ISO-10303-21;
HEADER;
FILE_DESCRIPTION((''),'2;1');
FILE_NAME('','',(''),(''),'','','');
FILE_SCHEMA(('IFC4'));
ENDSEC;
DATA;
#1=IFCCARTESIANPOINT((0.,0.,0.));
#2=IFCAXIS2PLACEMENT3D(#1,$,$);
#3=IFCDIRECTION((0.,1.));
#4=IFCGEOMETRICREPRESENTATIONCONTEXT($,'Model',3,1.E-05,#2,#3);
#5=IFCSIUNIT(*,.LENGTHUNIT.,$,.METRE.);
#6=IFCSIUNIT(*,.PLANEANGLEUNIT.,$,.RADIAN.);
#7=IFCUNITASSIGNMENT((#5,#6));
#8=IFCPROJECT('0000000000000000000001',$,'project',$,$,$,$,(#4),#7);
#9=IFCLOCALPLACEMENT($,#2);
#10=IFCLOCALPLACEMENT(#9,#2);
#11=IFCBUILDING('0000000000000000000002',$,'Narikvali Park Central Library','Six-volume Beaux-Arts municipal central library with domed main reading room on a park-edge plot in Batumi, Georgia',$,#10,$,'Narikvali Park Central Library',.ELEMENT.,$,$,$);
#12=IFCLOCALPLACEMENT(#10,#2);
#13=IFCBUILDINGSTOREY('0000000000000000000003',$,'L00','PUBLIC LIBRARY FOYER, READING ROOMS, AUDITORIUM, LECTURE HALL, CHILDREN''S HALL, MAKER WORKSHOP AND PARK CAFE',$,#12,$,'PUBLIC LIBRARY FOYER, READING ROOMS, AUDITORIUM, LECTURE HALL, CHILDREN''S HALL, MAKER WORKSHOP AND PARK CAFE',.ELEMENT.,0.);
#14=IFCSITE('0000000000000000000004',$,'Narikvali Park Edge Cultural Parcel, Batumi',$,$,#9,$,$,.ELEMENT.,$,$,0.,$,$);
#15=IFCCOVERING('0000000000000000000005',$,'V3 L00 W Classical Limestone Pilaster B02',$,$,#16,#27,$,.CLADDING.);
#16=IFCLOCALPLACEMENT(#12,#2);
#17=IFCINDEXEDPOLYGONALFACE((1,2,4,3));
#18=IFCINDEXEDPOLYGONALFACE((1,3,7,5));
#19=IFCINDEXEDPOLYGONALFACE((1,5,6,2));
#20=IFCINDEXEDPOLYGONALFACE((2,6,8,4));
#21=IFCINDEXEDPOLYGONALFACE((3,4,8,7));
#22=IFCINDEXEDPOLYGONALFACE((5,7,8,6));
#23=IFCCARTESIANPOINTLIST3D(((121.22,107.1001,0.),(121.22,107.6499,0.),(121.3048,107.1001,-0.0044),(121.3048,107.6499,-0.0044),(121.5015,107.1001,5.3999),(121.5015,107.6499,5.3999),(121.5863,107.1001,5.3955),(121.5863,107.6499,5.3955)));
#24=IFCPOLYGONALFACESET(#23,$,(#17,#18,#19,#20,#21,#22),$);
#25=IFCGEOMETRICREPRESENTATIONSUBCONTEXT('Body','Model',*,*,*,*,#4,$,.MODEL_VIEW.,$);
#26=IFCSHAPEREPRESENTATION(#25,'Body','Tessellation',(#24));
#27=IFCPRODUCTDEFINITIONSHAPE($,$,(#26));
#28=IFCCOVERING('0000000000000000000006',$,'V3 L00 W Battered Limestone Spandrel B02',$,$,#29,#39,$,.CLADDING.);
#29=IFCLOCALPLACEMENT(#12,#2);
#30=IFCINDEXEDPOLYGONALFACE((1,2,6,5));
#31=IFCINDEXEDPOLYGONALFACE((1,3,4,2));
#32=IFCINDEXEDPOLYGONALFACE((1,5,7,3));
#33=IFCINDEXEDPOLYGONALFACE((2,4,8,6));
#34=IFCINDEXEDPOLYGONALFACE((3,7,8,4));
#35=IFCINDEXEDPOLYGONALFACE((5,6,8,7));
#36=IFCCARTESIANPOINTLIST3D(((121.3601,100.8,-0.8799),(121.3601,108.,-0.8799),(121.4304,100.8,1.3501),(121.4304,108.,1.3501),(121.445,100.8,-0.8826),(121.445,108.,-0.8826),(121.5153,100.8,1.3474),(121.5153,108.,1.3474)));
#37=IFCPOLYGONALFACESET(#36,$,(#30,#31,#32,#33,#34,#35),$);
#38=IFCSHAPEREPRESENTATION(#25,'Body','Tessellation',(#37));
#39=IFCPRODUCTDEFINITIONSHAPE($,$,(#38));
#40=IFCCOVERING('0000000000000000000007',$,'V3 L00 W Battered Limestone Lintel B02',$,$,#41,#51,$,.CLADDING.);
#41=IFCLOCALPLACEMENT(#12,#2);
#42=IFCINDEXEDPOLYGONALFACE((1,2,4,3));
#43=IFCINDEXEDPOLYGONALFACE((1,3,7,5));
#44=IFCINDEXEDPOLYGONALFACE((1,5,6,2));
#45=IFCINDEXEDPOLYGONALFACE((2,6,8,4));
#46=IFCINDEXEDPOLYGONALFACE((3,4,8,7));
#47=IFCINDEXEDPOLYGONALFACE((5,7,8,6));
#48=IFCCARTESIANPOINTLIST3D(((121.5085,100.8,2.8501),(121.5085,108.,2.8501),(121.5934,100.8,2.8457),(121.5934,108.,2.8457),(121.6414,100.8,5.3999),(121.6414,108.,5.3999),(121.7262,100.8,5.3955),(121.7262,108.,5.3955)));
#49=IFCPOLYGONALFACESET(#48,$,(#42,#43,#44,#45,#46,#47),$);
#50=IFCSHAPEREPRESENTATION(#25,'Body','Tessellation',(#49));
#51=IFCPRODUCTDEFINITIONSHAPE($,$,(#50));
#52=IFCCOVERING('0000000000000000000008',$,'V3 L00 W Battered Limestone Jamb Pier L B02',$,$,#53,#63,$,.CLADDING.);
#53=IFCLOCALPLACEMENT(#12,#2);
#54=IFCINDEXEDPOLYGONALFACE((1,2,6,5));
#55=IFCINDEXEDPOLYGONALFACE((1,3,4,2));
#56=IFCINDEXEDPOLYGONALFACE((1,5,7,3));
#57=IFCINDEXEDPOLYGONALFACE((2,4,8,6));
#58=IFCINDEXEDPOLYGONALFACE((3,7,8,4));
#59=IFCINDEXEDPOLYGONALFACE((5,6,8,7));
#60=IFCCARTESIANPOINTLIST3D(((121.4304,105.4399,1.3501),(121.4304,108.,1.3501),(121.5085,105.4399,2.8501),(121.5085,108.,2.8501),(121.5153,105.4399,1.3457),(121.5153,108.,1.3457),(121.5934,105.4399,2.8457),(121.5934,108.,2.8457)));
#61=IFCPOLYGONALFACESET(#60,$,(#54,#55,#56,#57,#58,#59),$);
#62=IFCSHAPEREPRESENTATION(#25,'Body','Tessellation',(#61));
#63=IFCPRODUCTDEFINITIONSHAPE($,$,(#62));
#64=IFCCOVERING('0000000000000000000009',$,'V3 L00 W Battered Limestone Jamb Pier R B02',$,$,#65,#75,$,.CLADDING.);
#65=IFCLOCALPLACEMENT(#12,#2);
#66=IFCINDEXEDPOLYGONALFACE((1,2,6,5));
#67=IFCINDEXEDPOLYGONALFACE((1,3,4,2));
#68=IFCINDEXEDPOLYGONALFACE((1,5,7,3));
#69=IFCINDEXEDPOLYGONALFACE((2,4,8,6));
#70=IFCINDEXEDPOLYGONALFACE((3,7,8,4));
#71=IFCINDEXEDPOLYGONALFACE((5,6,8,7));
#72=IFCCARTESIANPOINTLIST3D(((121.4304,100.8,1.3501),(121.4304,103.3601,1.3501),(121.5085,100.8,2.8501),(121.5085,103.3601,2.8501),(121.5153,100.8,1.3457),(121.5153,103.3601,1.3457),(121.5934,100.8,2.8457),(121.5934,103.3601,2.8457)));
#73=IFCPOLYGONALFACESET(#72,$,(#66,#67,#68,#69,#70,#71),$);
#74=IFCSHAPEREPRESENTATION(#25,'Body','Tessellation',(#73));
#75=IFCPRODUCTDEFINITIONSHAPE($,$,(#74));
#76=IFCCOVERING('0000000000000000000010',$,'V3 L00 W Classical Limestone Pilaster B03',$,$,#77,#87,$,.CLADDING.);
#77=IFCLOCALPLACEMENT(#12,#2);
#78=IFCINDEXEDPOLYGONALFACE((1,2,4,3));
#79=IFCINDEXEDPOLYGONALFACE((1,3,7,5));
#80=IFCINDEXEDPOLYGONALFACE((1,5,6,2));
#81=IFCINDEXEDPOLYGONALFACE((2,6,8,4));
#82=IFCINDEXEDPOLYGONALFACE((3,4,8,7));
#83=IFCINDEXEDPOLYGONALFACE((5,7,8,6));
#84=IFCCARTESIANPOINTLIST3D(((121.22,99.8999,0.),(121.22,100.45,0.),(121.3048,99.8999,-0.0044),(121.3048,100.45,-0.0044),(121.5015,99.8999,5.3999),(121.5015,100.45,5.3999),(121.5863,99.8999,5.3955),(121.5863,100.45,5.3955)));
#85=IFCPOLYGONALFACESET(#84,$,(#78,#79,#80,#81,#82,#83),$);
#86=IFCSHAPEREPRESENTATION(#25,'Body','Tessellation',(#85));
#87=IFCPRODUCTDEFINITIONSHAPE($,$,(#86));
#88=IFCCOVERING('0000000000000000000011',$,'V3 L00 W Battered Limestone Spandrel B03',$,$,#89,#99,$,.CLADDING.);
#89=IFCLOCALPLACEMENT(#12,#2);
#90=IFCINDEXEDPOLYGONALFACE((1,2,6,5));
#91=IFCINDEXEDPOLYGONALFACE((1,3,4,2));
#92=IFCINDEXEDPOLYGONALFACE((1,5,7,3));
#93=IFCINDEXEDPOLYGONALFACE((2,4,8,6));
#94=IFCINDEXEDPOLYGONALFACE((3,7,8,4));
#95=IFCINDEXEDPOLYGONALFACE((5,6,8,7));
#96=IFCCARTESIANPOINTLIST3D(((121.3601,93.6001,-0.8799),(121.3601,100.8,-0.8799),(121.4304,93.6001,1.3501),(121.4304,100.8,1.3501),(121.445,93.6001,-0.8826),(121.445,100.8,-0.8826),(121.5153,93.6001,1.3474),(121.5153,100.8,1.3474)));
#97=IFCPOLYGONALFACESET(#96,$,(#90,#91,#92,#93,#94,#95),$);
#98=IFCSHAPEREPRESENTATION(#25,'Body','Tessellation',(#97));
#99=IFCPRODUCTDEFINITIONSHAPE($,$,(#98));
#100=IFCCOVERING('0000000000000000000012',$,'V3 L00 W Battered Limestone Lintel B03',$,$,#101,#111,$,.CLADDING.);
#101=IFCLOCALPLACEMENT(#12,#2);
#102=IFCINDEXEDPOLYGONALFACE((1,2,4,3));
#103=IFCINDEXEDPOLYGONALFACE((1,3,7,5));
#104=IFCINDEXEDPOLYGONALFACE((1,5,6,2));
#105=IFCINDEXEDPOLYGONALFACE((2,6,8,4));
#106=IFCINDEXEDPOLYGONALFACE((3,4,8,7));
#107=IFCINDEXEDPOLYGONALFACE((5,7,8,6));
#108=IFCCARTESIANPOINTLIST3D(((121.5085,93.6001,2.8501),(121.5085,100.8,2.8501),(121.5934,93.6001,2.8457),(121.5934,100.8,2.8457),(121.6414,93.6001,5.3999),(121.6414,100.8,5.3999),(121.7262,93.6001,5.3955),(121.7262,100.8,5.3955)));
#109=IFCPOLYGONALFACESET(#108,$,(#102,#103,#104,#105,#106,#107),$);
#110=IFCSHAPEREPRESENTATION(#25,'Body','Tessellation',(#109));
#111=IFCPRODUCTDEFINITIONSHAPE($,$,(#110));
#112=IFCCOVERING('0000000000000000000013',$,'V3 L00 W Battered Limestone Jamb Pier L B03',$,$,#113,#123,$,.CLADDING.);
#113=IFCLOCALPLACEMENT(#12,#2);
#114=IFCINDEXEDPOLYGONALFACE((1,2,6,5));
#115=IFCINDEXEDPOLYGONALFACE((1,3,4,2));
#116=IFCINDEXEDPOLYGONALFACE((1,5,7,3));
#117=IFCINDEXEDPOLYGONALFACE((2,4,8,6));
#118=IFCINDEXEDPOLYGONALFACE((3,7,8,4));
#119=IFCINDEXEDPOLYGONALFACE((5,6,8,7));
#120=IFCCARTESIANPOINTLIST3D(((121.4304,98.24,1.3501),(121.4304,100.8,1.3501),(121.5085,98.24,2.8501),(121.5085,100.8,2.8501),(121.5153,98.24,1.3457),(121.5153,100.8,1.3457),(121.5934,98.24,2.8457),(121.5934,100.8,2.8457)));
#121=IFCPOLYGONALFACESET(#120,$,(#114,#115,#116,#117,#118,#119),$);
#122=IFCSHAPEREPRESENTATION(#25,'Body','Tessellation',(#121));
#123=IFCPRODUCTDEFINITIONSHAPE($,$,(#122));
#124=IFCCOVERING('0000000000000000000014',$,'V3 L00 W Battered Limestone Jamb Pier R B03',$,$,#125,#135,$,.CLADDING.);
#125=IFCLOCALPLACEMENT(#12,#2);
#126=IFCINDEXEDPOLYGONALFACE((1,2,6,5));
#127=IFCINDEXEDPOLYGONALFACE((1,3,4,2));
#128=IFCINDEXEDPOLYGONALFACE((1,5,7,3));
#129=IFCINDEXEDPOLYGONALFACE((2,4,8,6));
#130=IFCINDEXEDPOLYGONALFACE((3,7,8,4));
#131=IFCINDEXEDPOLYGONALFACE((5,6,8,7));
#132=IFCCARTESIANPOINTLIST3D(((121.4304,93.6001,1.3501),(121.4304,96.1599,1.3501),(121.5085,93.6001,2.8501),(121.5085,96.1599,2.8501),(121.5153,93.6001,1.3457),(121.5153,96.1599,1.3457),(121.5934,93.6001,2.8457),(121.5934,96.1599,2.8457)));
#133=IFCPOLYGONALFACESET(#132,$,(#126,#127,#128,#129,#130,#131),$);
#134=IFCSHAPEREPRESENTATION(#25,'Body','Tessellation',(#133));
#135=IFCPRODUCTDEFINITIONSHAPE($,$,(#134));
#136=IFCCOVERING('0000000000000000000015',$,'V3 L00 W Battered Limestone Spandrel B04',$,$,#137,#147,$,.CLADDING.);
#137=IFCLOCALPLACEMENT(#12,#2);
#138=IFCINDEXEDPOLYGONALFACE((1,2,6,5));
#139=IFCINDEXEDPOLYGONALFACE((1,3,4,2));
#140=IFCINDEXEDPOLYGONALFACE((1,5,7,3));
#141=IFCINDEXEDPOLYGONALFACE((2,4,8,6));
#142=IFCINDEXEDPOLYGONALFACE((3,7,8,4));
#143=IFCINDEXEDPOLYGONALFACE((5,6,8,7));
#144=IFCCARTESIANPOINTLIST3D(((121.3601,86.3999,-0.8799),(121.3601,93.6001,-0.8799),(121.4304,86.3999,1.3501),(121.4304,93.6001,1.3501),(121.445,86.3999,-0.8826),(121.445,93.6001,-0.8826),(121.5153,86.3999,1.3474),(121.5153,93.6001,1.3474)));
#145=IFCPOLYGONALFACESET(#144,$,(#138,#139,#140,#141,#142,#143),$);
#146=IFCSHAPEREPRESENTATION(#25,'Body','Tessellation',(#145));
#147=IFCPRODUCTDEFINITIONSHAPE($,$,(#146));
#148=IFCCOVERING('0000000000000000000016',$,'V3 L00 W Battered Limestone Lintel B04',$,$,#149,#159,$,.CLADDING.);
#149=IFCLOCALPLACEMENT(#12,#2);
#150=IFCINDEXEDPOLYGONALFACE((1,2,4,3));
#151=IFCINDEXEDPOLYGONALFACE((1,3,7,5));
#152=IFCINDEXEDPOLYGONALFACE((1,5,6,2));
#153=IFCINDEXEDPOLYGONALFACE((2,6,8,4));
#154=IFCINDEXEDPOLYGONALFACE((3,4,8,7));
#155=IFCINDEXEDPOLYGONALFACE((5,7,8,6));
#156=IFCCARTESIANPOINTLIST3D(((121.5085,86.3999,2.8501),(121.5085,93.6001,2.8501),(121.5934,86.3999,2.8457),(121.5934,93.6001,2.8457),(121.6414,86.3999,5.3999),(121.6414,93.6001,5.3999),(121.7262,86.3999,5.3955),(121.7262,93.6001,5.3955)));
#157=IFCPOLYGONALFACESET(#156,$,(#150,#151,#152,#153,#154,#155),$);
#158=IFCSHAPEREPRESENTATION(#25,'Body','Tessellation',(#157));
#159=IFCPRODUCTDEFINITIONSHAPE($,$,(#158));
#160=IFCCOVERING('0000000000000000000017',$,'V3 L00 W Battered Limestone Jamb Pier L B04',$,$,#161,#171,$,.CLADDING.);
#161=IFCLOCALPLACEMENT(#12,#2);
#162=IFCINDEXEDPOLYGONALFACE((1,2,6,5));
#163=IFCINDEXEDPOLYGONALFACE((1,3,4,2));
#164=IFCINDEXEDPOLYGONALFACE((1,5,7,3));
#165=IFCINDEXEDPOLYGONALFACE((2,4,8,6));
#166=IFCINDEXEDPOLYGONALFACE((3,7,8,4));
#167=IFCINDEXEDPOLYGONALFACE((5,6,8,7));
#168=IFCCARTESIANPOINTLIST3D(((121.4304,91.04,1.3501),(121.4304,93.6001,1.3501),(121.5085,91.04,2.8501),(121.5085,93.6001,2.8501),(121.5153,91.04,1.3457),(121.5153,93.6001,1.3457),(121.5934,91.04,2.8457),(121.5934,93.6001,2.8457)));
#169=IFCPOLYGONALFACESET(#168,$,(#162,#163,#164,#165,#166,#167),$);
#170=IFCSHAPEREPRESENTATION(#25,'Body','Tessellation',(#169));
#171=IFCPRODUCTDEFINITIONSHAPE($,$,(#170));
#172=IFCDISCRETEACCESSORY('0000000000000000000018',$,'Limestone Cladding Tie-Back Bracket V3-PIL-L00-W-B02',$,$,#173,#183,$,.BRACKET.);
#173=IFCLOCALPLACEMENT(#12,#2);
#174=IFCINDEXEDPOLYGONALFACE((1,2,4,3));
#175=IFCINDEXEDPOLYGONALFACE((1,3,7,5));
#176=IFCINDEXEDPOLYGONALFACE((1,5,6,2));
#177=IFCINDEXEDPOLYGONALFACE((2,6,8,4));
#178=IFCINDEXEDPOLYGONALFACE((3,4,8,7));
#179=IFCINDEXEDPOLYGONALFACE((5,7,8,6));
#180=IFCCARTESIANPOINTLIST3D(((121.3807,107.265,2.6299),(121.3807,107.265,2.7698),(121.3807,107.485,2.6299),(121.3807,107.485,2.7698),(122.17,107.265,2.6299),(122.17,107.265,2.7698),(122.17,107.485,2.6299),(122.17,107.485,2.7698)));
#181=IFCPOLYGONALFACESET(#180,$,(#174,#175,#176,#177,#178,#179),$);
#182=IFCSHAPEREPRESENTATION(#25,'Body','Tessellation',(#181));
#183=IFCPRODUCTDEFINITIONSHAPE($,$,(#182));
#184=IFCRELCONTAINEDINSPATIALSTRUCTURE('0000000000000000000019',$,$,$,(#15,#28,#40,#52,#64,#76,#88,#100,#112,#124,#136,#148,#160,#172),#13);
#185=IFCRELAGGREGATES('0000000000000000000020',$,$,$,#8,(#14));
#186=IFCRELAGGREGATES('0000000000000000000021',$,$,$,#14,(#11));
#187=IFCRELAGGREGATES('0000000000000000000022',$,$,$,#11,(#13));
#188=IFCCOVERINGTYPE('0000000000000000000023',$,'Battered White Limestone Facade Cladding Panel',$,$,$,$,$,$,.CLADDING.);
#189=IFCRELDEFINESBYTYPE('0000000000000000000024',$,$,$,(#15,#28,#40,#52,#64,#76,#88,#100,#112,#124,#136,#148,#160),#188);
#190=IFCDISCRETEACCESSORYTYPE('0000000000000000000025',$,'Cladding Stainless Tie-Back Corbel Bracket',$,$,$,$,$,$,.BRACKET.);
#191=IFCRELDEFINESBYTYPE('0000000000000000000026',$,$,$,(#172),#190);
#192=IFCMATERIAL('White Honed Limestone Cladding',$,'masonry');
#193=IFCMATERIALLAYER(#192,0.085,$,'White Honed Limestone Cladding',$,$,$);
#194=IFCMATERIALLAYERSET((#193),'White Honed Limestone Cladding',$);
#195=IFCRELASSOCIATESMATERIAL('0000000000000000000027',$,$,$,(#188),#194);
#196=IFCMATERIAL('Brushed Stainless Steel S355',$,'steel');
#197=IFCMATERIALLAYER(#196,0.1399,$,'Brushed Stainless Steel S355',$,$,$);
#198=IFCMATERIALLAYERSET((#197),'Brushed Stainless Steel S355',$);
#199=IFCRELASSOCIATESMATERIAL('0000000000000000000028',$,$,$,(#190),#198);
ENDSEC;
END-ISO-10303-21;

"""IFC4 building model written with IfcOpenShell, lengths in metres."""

from ifc_helpers import new_model, si_unit, direction, frame, origin, origin_2d, place, context, subcontext, project, spatial, polyline, rectangle, outline, extrude, material, layer, layer_set, type_object, element, save


model = new_model("IFC4")

# Units and contexts
model_context = context("Model", 3, precision=1e-05, world=origin(), true_north=direction((0.0, 1.0)))
body_context = subcontext(model_context, "Body", "Model", "MODEL_VIEW")
ifc_project = project(units=[si_unit("LENGTHUNIT", "METRE"), si_unit("PLANEANGLEUNIT", "RADIAN")], contexts=[model_context])

# Site, building, storey
site_placement = place(None, origin())
site = spatial("IfcSite", under=ifc_project, at=site_placement, Name="Narikvali Park Edge Cultural Parcel, Batumi", CompositionType="ELEMENT", RefElevation=0.0)
building_placement = place(site_placement, origin())
building = spatial("IfcBuilding", under=site, at=building_placement, Name="Narikvali Park Central Library", Description="Six-volume Beaux-Arts municipal central library with domed main reading room on a park-edge plot in Batumi, Georgia", LongName="Narikvali Park Central Library", CompositionType="ELEMENT")
storey_placement = place(building_placement, origin())
storey = spatial("IfcBuildingStorey", under=building, at=storey_placement, Name="L00", Description="PUBLIC LIBRARY FOYER, READING ROOMS, AUDITORIUM, LECTURE HALL, CHILDREN'S HALL, MAKER WORKSHOP AND PARK CAFE", LongName="PUBLIC LIBRARY FOYER, READING ROOMS, AUDITORIUM, LECTURE HALL, CHILDREN'S HALL, MAKER WORKSHOP AND PARK CAFE", CompositionType="ELEMENT", Elevation=0.0)

# Coverings
ifc_material_1 = material(Name="White Honed Limestone Cladding", Category="masonry")
ifc_layer_1 = layer(ifc_material_1, 0.085, Name="White Honed Limestone Cladding")
ifc_layer_set_1 = layer_set([ifc_layer_1], Name="White Honed Limestone Cladding")
covering_type = type_object("IfcCoveringType", Name="Battered White Limestone Facade Cladding Panel", PredefinedType="CLADDING", material=ifc_layer_set_1)
covering_1_placement = place(storey_placement, frame((121.22, 107.6499, 0.0), z_axis=(-0.998644, 0.0, 0.052059), x_axis=(0.0, -1.0, 0.0)))
element("IfcCovering", 1, at=covering_1_placement, inside=storey, type_object=covering_type, Name="V3 L00 W Classical Limestone Pilaster B02", PredefinedType="CLADDING", context=body_context, shape_type="SweptSolid", body=[
    extrude(outline(polyline([(0.0, 0.0), (0.5498, 0.0), (0.5498, 5.4072), (0.0, 5.4072), (0.0, 0.0)])), origin(), (0.0, 0.0, -1.0), 0.085),
])
covering_2_placement = place(storey_placement, frame((121.3601, 108.0, -0.8799), z_axis=(-0.999503, 0.0, 0.031515), x_axis=(0.0, -1.0, 0.0)))
element("IfcCovering", 2, at=covering_2_placement, inside=storey, type_object=covering_type, Name="V3 L00 W Battered Limestone Spandrel B02", PredefinedType="CLADDING", context=body_context, shape_type="SweptSolid", body=[
    extrude(outline(polyline([(0.0, 0.0), (7.2, 0.0), (7.2, 2.2311), (0.0, 2.2311), (0.0, 0.0)])), origin(), (0.0, 0.0, -1.0), 0.085),
])
covering_3_placement = place(storey_placement, frame((121.5085, 108.0, 2.8501), z_axis=(-0.998646, 0.0, 0.052017), x_axis=(0.0, -1.0, 0.0)))
element("IfcCovering", 3, at=covering_3_placement, inside=storey, type_object=covering_type, Name="V3 L00 W Battered Limestone Lintel B02", PredefinedType="CLADDING", context=body_context, shape_type="SweptSolid", body=[
    extrude(outline(polyline([(0.0, 0.0), (7.2, 0.0), (7.2, 2.5533), (0.0, 2.5533), (0.0, 0.0)])), origin(), (0.0, 0.0, -1.0), 0.085),
])
for number, where, z_axis, x_axis, name in (
    (4, (121.4304, 108.0, 1.3501), (-0.998646, 0.0, 0.052013), (0.0, -1.0, 0.0), "V3 L00 W Battered Limestone Jamb Pier L B02"),
    (5, (121.4304, 103.3601, 1.3501), (-0.998646, 0.0, 0.052013), (0.0, -1.0, 0.0), "V3 L00 W Battered Limestone Jamb Pier R B02"),
):
    element("IfcCovering", number, at=place(storey_placement, frame(where, z_axis=z_axis, x_axis=x_axis)), inside=storey, type_object=covering_type, Name=name, PredefinedType="CLADDING", context=body_context, shape_type="SweptSolid", body=[
        extrude(outline(polyline([(0.0, 0.0), (2.5601, 0.0), (2.5601, 1.502), (0.0, 1.502), (0.0, 0.0)])), origin(), (0.0, 0.0, -1.0), 0.085),
    ])
covering_4_placement = place(storey_placement, frame((121.22, 100.45, 0.0), z_axis=(-0.998644, 0.0, 0.052059), x_axis=(0.0, -1.0, 0.0)))
element("IfcCovering", 6, at=covering_4_placement, inside=storey, type_object=covering_type, Name="V3 L00 W Classical Limestone Pilaster B03", PredefinedType="CLADDING", context=body_context, shape_type="SweptSolid", body=[
    extrude(outline(polyline([(0.0, 0.0), (0.55, 0.0), (0.55, 5.4072), (0.0, 5.4072), (0.0, 0.0)])), origin(), (0.0, 0.0, -1.0), 0.085),
])
covering_5_placement = place(storey_placement, frame((121.3601, 100.8, -0.8799), z_axis=(-0.999503, 0.0, 0.031515), x_axis=(0.0, -1.0, 0.0)))
element("IfcCovering", 7, at=covering_5_placement, inside=storey, type_object=covering_type, Name="V3 L00 W Battered Limestone Spandrel B03", PredefinedType="CLADDING", context=body_context, shape_type="SweptSolid", body=[
    extrude(outline(polyline([(0.0, 0.0), (7.2, 0.0), (7.2, 2.2311), (0.0, 2.2311), (0.0, 0.0)])), origin(), (0.0, 0.0, -1.0), 0.085),
])
covering_6_placement = place(storey_placement, frame((121.5085, 100.8, 2.8501), z_axis=(-0.998646, 0.0, 0.052017), x_axis=(0.0, -1.0, 0.0)))
element("IfcCovering", 8, at=covering_6_placement, inside=storey, type_object=covering_type, Name="V3 L00 W Battered Limestone Lintel B03", PredefinedType="CLADDING", context=body_context, shape_type="SweptSolid", body=[
    extrude(outline(polyline([(0.0, 0.0), (7.2, 0.0), (7.2, 2.5533), (0.0, 2.5533), (0.0, 0.0)])), origin(), (0.0, 0.0, -1.0), 0.085),
])
covering_7_placement = place(storey_placement, frame((121.4304, 100.8, 1.3501), z_axis=(-0.998646, 0.0, 0.052013), x_axis=(0.0, -1.0, 0.0)))
element("IfcCovering", 9, at=covering_7_placement, inside=storey, type_object=covering_type, Name="V3 L00 W Battered Limestone Jamb Pier L B03", PredefinedType="CLADDING", context=body_context, shape_type="SweptSolid", body=[
    extrude(outline(polyline([(0.0, 0.0), (2.5601, 0.0), (2.5601, 1.502), (0.0, 1.502), (0.0, 0.0)])), origin(), (0.0, 0.0, -1.0), 0.085),
])
covering_8_placement = place(storey_placement, frame((121.4304, 96.1599, 1.3501), z_axis=(-0.998646, 0.0, 0.052013), x_axis=(0.0, -1.0, 0.0)))
element("IfcCovering", 10, at=covering_8_placement, inside=storey, type_object=covering_type, Name="V3 L00 W Battered Limestone Jamb Pier R B03", PredefinedType="CLADDING", context=body_context, shape_type="SweptSolid", body=[
    extrude(outline(polyline([(0.0, 0.0), (2.5598, 0.0), (2.5598, 1.502), (0.0, 1.502), (0.0, 0.0)])), origin(), (0.0, 0.0, -1.0), 0.085),
])
covering_9_placement = place(storey_placement, frame((121.3601, 93.6001, -0.8799), z_axis=(-0.999503, 0.0, 0.031515), x_axis=(0.0, -1.0, 0.0)))
element("IfcCovering", 11, at=covering_9_placement, inside=storey, type_object=covering_type, Name="V3 L00 W Battered Limestone Spandrel B04", PredefinedType="CLADDING", context=body_context, shape_type="SweptSolid", body=[
    extrude(outline(polyline([(0.0, 0.0), (7.2002, 0.0), (7.2002, 2.2311), (0.0, 2.2311), (0.0, 0.0)])), origin(), (0.0, 0.0, -1.0), 0.085),
])
covering_10_placement = place(storey_placement, frame((121.5085, 93.6001, 2.8501), z_axis=(-0.998646, 0.0, 0.052017), x_axis=(0.0, -1.0, 0.0)))
element("IfcCovering", 12, at=covering_10_placement, inside=storey, type_object=covering_type, Name="V3 L00 W Battered Limestone Lintel B04", PredefinedType="CLADDING", context=body_context, shape_type="SweptSolid", body=[
    extrude(outline(polyline([(0.0, 0.0), (7.2002, 0.0), (7.2002, 2.5533), (0.0, 2.5533), (0.0, 0.0)])), origin(), (0.0, 0.0, -1.0), 0.085),
])
covering_11_placement = place(storey_placement, frame((121.4304, 93.6001, 1.3501), z_axis=(-0.998646, 0.0, 0.052013), x_axis=(0.0, -1.0, 0.0)))
element("IfcCovering", 13, at=covering_11_placement, inside=storey, type_object=covering_type, Name="V3 L00 W Battered Limestone Jamb Pier L B04", PredefinedType="CLADDING", context=body_context, shape_type="SweptSolid", body=[
    extrude(outline(polyline([(0.0, 0.0), (2.5601, 0.0), (2.5601, 1.502), (0.0, 1.502), (0.0, 0.0)])), origin(), (0.0, 0.0, -1.0), 0.085),
])

# Discrete accessory
ifc_material_2 = material(Name="Brushed Stainless Steel S355", Category="steel")
ifc_layer_2 = layer(ifc_material_2, 0.1399, Name="Brushed Stainless Steel S355")
ifc_layer_set_2 = layer_set([ifc_layer_2], Name="Brushed Stainless Steel S355")
discrete_accessory_type = type_object("IfcDiscreteAccessoryType", Name="Cladding Stainless Tie-Back Corbel Bracket", PredefinedType="BRACKET", material=ifc_layer_set_2)
discrete_accessory_1_placement = place(storey_placement, frame((121.7754, 107.375, 2.6299), z_axis=(0.0, 0.0, 1.0), x_axis=(1.0, 0.0, 0.0)))
element("IfcDiscreteAccessory", 14, at=discrete_accessory_1_placement, inside=storey, type_object=discrete_accessory_type, Name="Limestone Cladding Tie-Back Bracket V3-PIL-L00-W-B02", PredefinedType="BRACKET", context=body_context, shape_type="SweptSolid", body=[
    extrude(rectangle(XDim=0.7893, YDim=0.22, at=origin_2d()), origin(), (0.0, 0.0, 1.0), 0.1399),
])

save(model, "model.ifc")
